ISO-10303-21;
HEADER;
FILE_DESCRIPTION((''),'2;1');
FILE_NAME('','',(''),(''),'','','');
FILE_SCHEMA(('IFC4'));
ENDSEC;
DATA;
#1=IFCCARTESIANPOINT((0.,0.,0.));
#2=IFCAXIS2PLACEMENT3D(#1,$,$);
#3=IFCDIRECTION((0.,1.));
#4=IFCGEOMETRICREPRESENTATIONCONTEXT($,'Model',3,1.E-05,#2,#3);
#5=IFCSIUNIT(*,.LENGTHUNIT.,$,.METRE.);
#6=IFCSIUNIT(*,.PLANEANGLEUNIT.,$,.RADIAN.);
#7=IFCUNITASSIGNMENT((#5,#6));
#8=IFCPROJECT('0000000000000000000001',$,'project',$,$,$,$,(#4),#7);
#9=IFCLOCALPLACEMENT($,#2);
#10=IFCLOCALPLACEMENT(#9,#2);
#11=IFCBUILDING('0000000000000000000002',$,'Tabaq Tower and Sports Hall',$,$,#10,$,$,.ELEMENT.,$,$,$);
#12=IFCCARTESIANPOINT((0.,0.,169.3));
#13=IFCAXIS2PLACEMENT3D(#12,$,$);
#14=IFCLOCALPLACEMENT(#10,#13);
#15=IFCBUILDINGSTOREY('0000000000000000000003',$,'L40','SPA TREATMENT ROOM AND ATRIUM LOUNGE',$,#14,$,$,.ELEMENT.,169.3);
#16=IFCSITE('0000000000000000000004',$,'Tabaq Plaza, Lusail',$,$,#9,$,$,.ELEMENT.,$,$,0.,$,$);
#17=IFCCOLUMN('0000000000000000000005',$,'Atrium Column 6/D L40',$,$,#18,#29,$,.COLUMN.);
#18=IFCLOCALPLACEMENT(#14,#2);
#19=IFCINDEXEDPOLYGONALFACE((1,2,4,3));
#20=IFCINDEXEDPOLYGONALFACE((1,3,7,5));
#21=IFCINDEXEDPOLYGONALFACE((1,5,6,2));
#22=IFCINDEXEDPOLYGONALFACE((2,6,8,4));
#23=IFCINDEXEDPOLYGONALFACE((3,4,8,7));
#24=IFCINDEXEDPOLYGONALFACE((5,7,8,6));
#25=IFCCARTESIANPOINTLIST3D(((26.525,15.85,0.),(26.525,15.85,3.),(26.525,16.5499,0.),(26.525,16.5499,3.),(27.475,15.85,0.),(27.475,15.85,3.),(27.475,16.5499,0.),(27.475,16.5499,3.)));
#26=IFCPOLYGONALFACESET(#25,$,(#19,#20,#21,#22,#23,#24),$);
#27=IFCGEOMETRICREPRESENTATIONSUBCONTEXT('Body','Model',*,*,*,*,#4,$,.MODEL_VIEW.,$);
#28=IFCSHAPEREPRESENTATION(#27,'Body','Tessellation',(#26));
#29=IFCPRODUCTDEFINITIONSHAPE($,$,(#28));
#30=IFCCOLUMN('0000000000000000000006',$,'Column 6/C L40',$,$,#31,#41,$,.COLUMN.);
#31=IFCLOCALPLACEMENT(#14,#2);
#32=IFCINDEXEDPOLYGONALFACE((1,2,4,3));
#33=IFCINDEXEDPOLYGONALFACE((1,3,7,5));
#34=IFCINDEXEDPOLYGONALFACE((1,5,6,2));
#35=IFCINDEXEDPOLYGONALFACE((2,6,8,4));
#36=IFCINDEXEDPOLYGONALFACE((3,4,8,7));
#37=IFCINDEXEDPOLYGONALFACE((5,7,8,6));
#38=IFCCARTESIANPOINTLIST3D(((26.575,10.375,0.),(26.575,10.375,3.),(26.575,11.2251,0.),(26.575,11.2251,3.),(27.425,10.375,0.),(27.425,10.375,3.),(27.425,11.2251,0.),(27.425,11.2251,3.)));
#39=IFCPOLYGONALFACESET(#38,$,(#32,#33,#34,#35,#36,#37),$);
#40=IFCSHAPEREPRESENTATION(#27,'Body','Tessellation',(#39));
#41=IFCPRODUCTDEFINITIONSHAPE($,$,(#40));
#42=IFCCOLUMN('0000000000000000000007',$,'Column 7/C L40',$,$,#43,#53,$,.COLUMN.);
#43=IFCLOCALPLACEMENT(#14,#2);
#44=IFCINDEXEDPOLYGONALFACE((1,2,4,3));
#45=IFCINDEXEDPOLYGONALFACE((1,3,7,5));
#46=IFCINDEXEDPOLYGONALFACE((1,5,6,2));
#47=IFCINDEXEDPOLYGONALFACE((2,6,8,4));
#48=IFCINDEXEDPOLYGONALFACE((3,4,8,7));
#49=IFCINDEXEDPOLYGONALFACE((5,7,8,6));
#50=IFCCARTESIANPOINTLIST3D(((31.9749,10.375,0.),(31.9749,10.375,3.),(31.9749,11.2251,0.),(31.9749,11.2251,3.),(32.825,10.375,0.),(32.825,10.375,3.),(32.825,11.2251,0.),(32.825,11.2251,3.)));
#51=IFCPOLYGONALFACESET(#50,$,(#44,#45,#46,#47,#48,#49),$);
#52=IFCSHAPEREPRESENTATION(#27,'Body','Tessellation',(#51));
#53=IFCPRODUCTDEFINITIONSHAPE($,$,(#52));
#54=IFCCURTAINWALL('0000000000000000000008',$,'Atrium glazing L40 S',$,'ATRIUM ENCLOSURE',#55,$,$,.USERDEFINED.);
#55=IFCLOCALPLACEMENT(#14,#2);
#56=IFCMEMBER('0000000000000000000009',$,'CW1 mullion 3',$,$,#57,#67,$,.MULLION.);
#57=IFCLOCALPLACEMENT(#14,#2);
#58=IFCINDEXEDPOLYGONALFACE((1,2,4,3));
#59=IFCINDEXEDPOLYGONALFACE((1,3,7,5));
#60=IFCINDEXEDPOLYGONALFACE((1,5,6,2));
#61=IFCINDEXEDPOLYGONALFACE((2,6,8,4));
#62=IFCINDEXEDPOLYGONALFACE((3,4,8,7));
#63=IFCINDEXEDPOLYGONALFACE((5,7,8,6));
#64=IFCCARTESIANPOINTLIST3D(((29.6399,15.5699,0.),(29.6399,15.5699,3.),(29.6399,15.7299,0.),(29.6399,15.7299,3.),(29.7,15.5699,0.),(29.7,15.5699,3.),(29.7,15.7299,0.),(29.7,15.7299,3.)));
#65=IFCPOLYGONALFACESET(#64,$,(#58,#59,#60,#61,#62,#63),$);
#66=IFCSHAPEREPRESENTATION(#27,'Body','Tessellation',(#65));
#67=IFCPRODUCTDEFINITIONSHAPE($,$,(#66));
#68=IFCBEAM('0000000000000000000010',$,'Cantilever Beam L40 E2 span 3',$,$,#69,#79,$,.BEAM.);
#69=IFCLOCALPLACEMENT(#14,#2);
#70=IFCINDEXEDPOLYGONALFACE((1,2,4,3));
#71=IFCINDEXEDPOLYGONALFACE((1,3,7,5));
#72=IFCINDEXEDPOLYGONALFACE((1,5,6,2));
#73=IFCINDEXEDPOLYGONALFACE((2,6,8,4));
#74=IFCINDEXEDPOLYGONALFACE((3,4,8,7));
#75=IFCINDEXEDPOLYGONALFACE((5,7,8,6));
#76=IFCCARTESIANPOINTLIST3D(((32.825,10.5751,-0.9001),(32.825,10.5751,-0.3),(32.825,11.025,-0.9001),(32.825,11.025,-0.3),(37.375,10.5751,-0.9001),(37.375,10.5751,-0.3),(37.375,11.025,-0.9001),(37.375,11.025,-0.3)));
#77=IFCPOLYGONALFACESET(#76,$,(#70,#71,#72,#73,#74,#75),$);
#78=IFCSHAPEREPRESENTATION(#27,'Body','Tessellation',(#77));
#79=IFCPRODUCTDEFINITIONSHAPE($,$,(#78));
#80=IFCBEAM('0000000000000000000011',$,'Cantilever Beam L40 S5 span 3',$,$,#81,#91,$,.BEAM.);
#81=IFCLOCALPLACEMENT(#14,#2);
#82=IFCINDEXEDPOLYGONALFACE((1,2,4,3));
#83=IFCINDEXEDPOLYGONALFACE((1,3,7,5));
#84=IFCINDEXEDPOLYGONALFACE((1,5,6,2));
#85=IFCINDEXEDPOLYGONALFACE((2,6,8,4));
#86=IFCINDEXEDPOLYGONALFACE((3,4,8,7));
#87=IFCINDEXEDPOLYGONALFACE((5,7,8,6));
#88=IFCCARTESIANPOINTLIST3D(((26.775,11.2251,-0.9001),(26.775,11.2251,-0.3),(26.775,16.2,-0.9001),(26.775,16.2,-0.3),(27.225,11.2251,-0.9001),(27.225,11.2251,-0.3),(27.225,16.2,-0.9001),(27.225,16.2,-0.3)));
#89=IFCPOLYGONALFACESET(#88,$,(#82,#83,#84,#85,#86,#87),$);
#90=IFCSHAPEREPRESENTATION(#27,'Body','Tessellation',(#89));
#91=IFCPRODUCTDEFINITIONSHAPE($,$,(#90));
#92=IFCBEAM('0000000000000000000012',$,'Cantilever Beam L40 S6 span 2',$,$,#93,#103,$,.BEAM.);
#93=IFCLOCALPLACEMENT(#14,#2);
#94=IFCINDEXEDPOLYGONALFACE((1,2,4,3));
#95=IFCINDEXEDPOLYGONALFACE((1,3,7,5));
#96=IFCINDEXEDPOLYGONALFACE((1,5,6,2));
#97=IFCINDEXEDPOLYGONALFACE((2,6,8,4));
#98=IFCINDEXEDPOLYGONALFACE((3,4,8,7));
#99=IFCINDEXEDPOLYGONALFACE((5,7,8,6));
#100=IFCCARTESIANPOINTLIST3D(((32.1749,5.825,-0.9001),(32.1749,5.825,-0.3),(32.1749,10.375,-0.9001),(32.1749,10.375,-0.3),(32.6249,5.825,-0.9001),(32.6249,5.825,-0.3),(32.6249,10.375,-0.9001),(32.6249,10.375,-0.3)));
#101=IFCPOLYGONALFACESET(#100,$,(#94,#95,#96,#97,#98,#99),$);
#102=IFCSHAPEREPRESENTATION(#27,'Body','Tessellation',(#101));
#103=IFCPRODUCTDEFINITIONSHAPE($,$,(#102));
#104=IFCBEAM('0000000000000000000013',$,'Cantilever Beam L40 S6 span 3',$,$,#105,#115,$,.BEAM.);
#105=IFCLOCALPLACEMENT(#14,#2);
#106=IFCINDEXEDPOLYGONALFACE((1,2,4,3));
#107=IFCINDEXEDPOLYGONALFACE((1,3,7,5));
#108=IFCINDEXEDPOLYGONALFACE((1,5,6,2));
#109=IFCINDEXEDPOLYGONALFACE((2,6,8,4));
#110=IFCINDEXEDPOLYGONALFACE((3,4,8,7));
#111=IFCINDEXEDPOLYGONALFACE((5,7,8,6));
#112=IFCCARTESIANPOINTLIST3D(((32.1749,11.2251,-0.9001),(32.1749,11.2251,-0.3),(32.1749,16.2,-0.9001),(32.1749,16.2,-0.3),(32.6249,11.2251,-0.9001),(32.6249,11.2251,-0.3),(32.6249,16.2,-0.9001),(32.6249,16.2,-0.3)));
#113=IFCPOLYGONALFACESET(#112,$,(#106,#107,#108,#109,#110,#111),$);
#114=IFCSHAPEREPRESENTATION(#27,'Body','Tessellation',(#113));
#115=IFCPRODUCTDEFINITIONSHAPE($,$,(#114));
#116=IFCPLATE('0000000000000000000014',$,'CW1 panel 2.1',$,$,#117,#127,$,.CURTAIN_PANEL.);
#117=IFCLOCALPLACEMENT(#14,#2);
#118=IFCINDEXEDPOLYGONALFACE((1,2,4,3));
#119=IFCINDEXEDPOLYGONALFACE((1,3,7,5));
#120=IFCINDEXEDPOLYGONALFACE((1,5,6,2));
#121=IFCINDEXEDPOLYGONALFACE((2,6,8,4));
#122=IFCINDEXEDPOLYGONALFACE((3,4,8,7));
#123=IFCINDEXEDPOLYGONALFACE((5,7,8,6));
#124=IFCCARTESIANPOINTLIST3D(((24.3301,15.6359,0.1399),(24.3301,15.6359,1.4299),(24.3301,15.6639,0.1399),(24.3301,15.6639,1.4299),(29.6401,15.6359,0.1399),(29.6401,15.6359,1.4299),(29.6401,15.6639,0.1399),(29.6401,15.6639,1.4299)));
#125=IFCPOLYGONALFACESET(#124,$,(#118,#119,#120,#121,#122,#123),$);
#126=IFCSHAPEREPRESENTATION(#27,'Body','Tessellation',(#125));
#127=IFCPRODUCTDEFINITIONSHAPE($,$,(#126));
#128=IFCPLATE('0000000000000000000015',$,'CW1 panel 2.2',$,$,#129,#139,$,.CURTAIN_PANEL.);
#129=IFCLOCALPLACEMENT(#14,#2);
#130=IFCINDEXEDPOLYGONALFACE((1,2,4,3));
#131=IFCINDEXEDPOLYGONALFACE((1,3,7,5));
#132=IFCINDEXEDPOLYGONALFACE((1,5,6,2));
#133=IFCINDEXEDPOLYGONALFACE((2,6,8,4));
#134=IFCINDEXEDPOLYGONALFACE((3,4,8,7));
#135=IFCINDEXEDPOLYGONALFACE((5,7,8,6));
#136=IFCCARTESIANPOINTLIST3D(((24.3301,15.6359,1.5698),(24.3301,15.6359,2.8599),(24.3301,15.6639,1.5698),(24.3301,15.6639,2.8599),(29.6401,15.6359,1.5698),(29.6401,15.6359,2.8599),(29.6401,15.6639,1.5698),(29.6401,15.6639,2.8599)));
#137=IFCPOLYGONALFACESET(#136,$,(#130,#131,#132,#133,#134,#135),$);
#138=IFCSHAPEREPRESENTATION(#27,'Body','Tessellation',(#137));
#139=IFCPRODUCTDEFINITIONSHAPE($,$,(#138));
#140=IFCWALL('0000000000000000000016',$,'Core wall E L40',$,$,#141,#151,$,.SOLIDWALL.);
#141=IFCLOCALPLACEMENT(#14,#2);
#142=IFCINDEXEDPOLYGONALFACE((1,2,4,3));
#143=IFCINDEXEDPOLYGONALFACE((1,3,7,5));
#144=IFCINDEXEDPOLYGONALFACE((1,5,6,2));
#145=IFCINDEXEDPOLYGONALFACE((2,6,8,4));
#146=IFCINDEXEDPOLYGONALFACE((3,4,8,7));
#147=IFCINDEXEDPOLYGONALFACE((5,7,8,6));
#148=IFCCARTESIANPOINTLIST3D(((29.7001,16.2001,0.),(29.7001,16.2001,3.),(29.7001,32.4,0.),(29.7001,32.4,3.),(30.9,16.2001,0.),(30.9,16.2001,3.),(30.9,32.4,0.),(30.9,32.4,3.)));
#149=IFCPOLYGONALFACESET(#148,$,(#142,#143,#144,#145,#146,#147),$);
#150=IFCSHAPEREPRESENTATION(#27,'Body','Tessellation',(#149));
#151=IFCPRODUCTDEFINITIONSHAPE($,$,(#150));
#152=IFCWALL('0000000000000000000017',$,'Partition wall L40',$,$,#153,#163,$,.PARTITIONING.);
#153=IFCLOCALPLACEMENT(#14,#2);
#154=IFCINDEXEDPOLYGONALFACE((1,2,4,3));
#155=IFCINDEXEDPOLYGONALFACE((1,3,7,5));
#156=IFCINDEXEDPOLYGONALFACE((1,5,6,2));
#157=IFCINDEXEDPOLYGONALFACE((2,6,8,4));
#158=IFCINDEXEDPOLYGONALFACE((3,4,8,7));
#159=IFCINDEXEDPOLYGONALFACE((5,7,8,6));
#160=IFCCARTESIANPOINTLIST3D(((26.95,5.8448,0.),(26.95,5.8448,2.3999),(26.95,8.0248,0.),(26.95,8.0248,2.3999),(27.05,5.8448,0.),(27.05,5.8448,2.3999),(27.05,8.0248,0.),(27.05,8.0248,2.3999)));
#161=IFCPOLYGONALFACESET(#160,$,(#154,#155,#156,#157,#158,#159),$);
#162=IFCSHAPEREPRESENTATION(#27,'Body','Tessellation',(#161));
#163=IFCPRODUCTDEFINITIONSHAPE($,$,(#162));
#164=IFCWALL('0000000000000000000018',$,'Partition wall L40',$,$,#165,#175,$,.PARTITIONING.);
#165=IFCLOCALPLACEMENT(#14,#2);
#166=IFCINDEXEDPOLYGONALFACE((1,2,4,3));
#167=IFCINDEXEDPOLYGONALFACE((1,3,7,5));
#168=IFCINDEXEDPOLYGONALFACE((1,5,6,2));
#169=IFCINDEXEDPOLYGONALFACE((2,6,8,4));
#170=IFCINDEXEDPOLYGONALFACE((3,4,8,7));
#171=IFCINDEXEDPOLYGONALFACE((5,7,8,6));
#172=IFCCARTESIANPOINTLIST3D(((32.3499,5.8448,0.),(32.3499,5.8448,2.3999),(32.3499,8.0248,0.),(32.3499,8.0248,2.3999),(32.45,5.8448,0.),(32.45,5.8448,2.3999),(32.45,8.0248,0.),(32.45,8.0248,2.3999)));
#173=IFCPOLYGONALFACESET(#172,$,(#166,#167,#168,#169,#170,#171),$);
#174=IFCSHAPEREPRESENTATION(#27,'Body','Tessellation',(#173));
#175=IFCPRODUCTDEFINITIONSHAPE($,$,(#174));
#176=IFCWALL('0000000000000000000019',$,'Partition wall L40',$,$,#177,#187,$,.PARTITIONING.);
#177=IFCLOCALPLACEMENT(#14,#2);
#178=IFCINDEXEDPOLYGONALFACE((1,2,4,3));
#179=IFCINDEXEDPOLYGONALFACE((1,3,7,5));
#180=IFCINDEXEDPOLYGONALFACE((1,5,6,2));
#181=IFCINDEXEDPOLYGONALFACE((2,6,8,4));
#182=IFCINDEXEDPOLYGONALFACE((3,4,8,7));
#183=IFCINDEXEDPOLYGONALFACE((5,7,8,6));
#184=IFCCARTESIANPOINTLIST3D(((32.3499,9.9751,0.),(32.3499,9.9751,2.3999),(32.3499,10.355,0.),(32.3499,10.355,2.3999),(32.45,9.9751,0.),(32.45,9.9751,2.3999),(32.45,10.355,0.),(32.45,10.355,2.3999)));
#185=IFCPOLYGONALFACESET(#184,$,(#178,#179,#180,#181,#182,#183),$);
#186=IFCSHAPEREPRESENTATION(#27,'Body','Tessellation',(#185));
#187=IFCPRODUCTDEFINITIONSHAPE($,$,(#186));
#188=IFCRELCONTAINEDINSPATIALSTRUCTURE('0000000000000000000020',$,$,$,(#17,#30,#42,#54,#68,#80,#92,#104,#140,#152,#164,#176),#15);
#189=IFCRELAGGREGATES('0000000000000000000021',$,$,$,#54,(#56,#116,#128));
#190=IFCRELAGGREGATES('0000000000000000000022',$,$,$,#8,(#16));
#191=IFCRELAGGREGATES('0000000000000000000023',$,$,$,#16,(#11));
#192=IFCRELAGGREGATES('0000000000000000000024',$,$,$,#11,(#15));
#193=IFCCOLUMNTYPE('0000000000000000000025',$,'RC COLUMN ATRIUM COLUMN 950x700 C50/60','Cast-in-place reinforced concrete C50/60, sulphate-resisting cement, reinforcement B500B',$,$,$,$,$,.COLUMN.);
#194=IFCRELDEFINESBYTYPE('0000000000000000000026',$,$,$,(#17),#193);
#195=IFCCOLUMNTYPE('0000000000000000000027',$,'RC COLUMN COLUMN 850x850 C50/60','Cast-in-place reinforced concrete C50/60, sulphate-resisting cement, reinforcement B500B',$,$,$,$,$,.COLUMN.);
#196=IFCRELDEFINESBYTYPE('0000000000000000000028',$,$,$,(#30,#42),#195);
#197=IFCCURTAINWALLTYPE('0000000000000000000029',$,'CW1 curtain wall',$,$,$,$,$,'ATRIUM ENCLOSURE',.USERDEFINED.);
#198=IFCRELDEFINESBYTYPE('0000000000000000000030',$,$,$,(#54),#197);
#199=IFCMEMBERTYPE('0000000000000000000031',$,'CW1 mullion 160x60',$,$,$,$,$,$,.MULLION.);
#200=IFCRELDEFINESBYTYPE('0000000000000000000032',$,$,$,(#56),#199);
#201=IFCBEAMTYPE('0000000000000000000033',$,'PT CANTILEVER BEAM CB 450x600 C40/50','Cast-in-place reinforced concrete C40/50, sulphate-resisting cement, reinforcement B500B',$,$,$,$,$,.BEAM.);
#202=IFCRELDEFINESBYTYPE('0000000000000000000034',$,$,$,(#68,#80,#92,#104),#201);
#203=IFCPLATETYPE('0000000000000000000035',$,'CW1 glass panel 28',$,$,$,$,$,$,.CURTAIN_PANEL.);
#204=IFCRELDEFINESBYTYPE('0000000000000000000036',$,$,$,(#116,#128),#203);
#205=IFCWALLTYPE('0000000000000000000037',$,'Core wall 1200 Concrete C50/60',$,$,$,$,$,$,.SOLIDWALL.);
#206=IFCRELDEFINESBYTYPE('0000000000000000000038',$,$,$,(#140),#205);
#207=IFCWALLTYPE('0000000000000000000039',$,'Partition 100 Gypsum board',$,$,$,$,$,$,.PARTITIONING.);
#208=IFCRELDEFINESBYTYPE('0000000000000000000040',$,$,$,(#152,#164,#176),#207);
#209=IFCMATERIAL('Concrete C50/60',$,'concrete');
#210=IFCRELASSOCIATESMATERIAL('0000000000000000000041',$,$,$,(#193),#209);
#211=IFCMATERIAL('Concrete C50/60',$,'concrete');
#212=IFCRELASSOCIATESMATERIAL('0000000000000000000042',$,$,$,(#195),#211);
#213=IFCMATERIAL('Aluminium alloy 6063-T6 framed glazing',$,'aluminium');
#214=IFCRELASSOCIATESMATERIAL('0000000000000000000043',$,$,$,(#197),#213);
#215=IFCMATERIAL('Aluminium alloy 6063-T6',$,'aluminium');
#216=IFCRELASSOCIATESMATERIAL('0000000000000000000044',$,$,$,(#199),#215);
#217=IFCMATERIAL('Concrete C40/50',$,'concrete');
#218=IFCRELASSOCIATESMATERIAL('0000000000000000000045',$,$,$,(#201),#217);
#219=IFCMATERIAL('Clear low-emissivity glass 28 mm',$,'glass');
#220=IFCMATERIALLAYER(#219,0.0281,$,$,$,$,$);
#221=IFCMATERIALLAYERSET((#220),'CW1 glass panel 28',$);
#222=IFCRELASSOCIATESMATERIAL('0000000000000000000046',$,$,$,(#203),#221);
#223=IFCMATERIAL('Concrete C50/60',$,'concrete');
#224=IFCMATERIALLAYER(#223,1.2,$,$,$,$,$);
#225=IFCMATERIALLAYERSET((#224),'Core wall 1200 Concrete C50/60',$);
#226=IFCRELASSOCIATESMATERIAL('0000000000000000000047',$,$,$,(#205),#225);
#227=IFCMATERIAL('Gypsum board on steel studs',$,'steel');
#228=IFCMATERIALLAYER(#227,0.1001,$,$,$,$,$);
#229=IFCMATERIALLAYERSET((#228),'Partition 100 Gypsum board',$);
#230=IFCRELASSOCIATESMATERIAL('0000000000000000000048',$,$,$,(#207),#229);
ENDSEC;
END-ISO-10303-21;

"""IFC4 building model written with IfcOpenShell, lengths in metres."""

from ifc_helpers import new_model, si_unit, direction, frame, frame_2d, origin, origin_2d, place, context, subcontext, project, spatial, rectangle, extrude, material, layer, layer_set, material_profile, profile_set, type_object, element, aggregate, save


model = new_model("IFC4")

# Units and contexts
model_context = context("Model", 3, precision=1e-05, world=origin(), true_north=direction((0.0, 1.0)))
body_context = subcontext(model_context, "Body", "Model", "MODEL_VIEW")
ifc_project = project(units=[si_unit("LENGTHUNIT", "METRE"), si_unit("PLANEANGLEUNIT", "RADIAN")], contexts=[model_context])

# Site, building, storey
site_placement = place(None, origin())
site = spatial("IfcSite", under=ifc_project, at=site_placement, Name="Tabaq Plaza, Lusail", CompositionType="ELEMENT", RefElevation=0.0)
building_placement = place(site_placement, origin())
building = spatial("IfcBuilding", under=site, at=building_placement, Name="Tabaq Tower and Sports Hall", CompositionType="ELEMENT")
storey_placement = place(building_placement, frame((0.0, 0.0, 169.3)))
storey = spatial("IfcBuildingStorey", under=building, at=storey_placement, Name="L40", Description="SPA TREATMENT ROOM AND ATRIUM LOUNGE", CompositionType="ELEMENT", Elevation=169.3)

# Columns
ifc_material_1 = material(Name="Concrete C50/60", Category="concrete")
ifc_material_profile_1 = material_profile(ifc_material_1, rectangle(XDim=0.95, YDim=0.7, at=origin_2d()), Name="ATRIUM COLUMN 950x700")
ifc_profile_set_1 = profile_set([ifc_material_profile_1], Name="Concrete C50/60")
column_type_1 = type_object("IfcColumnType", Name="RC COLUMN ATRIUM COLUMN 950x700 C50/60", Description="Cast-in-place reinforced concrete C50/60, sulphate-resisting cement, reinforcement B500B", PredefinedType="COLUMN", material=ifc_profile_set_1)
column_placement = place(storey_placement, frame((27.0, 16.2, 0.0), z_axis=(0.0, 0.0, 1.0), x_axis=(1.0, 0.0, 0.0)))
element("IfcColumn", 1, at=column_placement, inside=storey, type_object=column_type_1, Name="Atrium Column 6/D L40", PredefinedType="COLUMN", context=body_context, shape_type="SweptSolid", body=[
    extrude(rectangle(XDim=0.95, YDim=0.7, at=origin_2d()), origin(), (0.0, 0.0, 1.0), 3.0),
])
ifc_material_2 = material(Name="Concrete C50/60", Category="concrete")
ifc_material_profile_2 = material_profile(ifc_material_2, rectangle(XDim=0.8501, YDim=0.8501, at=origin_2d()), Name="COLUMN 850x850")
ifc_profile_set_2 = profile_set([ifc_material_profile_2], Name="Concrete C50/60")
column_type_2 = type_object("IfcColumnType", Name="RC COLUMN COLUMN 850x850 C50/60", Description="Cast-in-place reinforced concrete C50/60, sulphate-resisting cement, reinforcement B500B", PredefinedType="COLUMN", material=ifc_profile_set_2)
for number, where, z_axis, x_axis, name in (
    (2, (27.0, 10.8, 0.0), (0.0, 0.0, 1.0), (1.0, 0.0, 0.0), "Column 6/C L40"),
    (3, (32.3999, 10.8, 0.0), (0.0, 0.0, 1.0), (1.0, 0.0, 0.0), "Column 7/C L40"),
):
    element("IfcColumn", number, at=place(storey_placement, frame(where, z_axis=z_axis, x_axis=x_axis)), inside=storey, type_object=column_type_2, Name=name, PredefinedType="COLUMN", context=body_context, shape_type="SweptSolid", body=[
        extrude(rectangle(XDim=0.8501, YDim=0.8501, at=origin_2d()), origin(), (0.0, 0.0, 1.0), 3.0),
    ])

# Curtain wall, member
ifc_material_3 = material(Name="Aluminium alloy 6063-T6 framed glazing", Category="aluminium")
curtain_wall_type = type_object("IfcCurtainWallType", Name="CW1 curtain wall", ElementType="ATRIUM ENCLOSURE", PredefinedType="USERDEFINED", material=ifc_material_3)
curtain_wall_placement = place(storey_placement, origin())
curtain_wall = element("IfcCurtainWall", 4, at=curtain_wall_placement, inside=storey, type_object=curtain_wall_type, Name="Atrium glazing L40 S", ObjectType="ATRIUM ENCLOSURE", PredefinedType="USERDEFINED")
ifc_material_4 = material(Name="Aluminium alloy 6063-T6", Category="aluminium")
ifc_material_profile_3 = material_profile(ifc_material_4, rectangle(XDim=0.1599, YDim=0.0601, at=origin_2d()), Name="MULLION 160x60")
ifc_profile_set_3 = profile_set([ifc_material_profile_3], Name="Aluminium alloy 6063-T6")
member_type = type_object("IfcMemberType", Name="CW1 mullion 160x60", PredefinedType="MULLION", material=ifc_profile_set_3)
member_placement = place(storey_placement, frame((29.6699, 15.6499, 0.0), z_axis=(0.0, 0.0, 1.0), x_axis=(0.0, 1.0, 0.0)))
member = element("IfcMember", 5, at=member_placement, type_object=member_type, Name="CW1 mullion 3", PredefinedType="MULLION", context=body_context, shape_type="SweptSolid", body=[
    extrude(rectangle(XDim=0.1599, YDim=0.0601, at=origin_2d()), origin(), (0.0, 0.0, 1.0), 3.0),
])

# Beams
ifc_material_5 = material(Name="Concrete C40/50", Category="concrete")
ifc_material_profile_4 = material_profile(ifc_material_5, rectangle(XDim=0.45, YDim=0.6001, at=origin_2d()), Name="CB 450x600")
ifc_profile_set_4 = profile_set([ifc_material_profile_4], Name="Concrete C40/50")
beam_type = type_object("IfcBeamType", Name="PT CANTILEVER BEAM CB 450x600 C40/50", Description="Cast-in-place reinforced concrete C40/50, sulphate-resisting cement, reinforcement B500B", PredefinedType="BEAM", material=ifc_profile_set_4)
beam_1_placement = place(storey_placement, frame((37.375, 10.8, -0.6001), z_axis=(-1.0, 0.0, 0.0), x_axis=(0.0, -1.0, 0.0)))
element("IfcBeam", 6, at=beam_1_placement, inside=storey, type_object=beam_type, Name="Cantilever Beam L40 E2 span 3", PredefinedType="BEAM", context=body_context, shape_type="SweptSolid", body=[
    extrude(rectangle(XDim=0.45, YDim=0.6001, at=origin_2d()), origin(), (0.0, 0.0, 1.0), 4.55),
])
beam_2_placement = place(storey_placement, frame((27.0, 11.2251, -0.6001), z_axis=(0.0, 1.0, 0.0), x_axis=(-1.0, 0.0, 0.0)))
element("IfcBeam", 7, at=beam_2_placement, inside=storey, type_object=beam_type, Name="Cantilever Beam L40 S5 span 3", PredefinedType="BEAM", context=body_context, shape_type="SweptSolid", body=[
    extrude(rectangle(XDim=0.45, YDim=0.6001, at=origin_2d()), origin(), (0.0, 0.0, 1.0), 4.9749),
])
beam_3_placement = place(storey_placement, frame((32.3999, 5.825, -0.6001), z_axis=(0.0, 1.0, 0.0), x_axis=(-1.0, 0.0, 0.0)))
element("IfcBeam", 8, at=beam_3_placement, inside=storey, type_object=beam_type, Name="Cantilever Beam L40 S6 span 2", PredefinedType="BEAM", context=body_context, shape_type="SweptSolid", body=[
    extrude(rectangle(XDim=0.45, YDim=0.6001, at=origin_2d()), origin(), (0.0, 0.0, 1.0), 4.55),
])
beam_4_placement = place(storey_placement, frame((32.3999, 11.2251, -0.6001), z_axis=(0.0, 1.0, 0.0), x_axis=(-1.0, 0.0, 0.0)))
element("IfcBeam", 9, at=beam_4_placement, inside=storey, type_object=beam_type, Name="Cantilever Beam L40 S6 span 3", PredefinedType="BEAM", context=body_context, shape_type="SweptSolid", body=[
    extrude(rectangle(XDim=0.45, YDim=0.6001, at=origin_2d()), origin(), (0.0, 0.0, 1.0), 4.9749),
])

# Plates
ifc_material_6 = material(Name="Clear low-emissivity glass 28 mm", Category="glass")
ifc_layer_1 = layer(ifc_material_6, 0.0281)
ifc_layer_set_1 = layer_set([ifc_layer_1], Name="CW1 glass panel 28")
plate_type = type_object("IfcPlateType", Name="CW1 glass panel 28", PredefinedType="CURTAIN_PANEL", material=ifc_layer_set_1)
plate_1_placement = place(storey_placement, frame((26.9851, 15.6499, 0.1399), z_axis=(0.0, 0.0, 1.0), x_axis=(1.0, 0.0, 0.0)))
plate_1 = element("IfcPlate", 10, at=plate_1_placement, type_object=plate_type, Name="CW1 panel 2.1", PredefinedType="CURTAIN_PANEL", context=body_context, shape_type="SweptSolid", body=[
    extrude(rectangle(XDim=5.3101, YDim=0.0281, at=origin_2d()), origin(), (0.0, 0.0, 1.0), 1.29),
])
plate_2_placement = place(storey_placement, frame((26.9851, 15.6499, 1.5698), z_axis=(0.0, 0.0, 1.0), x_axis=(1.0, 0.0, 0.0)))
plate_2 = element("IfcPlate", 11, at=plate_2_placement, type_object=plate_type, Name="CW1 panel 2.2", PredefinedType="CURTAIN_PANEL", context=body_context, shape_type="SweptSolid", body=[
    extrude(rectangle(XDim=5.3101, YDim=0.0281, at=origin_2d()), origin(), (0.0, 0.0, 1.0), 1.29),
])
aggregate(curtain_wall, [member, plate_1, plate_2])

# Walls
ifc_material_7 = material(Name="Concrete C50/60", Category="concrete")
ifc_layer_2 = layer(ifc_material_7, 1.2)
ifc_layer_set_2 = layer_set([ifc_layer_2], Name="Core wall 1200 Concrete C50/60")
wall_type_1 = type_object("IfcWallType", Name="Core wall 1200 Concrete C50/60", PredefinedType="SOLIDWALL", material=ifc_layer_set_2)
wall_1_placement = place(storey_placement, frame((30.3, 16.2, 0.0), z_axis=(0.0, 0.0, 1.0), x_axis=(0.0, 1.0, 0.0)))
element("IfcWall", 12, at=wall_1_placement, inside=storey, type_object=wall_type_1, Name="Core wall E L40", PredefinedType="SOLIDWALL", context=body_context, shape_type="SweptSolid", body=[
    extrude(rectangle(XDim=16.2, YDim=1.2, at=frame_2d((8.1001, 0.0))), origin(), (0.0, 0.0, 1.0), 3.0),
])
ifc_material_8 = material(Name="Gypsum board on steel studs", Category="steel")
ifc_layer_3 = layer(ifc_material_8, 0.1001)
ifc_layer_set_3 = layer_set([ifc_layer_3], Name="Partition 100 Gypsum board")
wall_type_2 = type_object("IfcWallType", Name="Partition 100 Gypsum board", PredefinedType="PARTITIONING", material=ifc_layer_set_3)
for number, where, z_axis, x_axis, name in (
    (13, (27.0, 5.845, 0.0), (0.0, 0.0, 1.0), (0.0, 1.0, 0.0), "Partition wall L40"),
    (14, (32.3999, 5.845, 0.0), (0.0, 0.0, 1.0), (0.0, 1.0, 0.0), "Partition wall L40"),
):
    element("IfcWall", number, at=place(storey_placement, frame(where, z_axis=z_axis, x_axis=x_axis)), inside=storey, type_object=wall_type_2, Name=name, PredefinedType="PARTITIONING", context=body_context, shape_type="SweptSolid", body=[
        extrude(rectangle(XDim=2.1799, YDim=0.1001, at=frame_2d((1.0898, 0.0))), origin(), (0.0, 0.0, 1.0), 2.3999),
    ])
wall_2_placement = place(storey_placement, frame((32.3999, 9.9751, 0.0), z_axis=(0.0, 0.0, 1.0), x_axis=(0.0, 1.0, 0.0)))
element("IfcWall", 15, at=wall_2_placement, inside=storey, type_object=wall_type_2, Name="Partition wall L40", PredefinedType="PARTITIONING", context=body_context, shape_type="SweptSolid", body=[
    extrude(rectangle(XDim=0.3799, YDim=0.1001, at=frame_2d((0.1899, 0.0))), origin(), (0.0, 0.0, 1.0), 2.3999),
])

save(model, "model.ifc")
